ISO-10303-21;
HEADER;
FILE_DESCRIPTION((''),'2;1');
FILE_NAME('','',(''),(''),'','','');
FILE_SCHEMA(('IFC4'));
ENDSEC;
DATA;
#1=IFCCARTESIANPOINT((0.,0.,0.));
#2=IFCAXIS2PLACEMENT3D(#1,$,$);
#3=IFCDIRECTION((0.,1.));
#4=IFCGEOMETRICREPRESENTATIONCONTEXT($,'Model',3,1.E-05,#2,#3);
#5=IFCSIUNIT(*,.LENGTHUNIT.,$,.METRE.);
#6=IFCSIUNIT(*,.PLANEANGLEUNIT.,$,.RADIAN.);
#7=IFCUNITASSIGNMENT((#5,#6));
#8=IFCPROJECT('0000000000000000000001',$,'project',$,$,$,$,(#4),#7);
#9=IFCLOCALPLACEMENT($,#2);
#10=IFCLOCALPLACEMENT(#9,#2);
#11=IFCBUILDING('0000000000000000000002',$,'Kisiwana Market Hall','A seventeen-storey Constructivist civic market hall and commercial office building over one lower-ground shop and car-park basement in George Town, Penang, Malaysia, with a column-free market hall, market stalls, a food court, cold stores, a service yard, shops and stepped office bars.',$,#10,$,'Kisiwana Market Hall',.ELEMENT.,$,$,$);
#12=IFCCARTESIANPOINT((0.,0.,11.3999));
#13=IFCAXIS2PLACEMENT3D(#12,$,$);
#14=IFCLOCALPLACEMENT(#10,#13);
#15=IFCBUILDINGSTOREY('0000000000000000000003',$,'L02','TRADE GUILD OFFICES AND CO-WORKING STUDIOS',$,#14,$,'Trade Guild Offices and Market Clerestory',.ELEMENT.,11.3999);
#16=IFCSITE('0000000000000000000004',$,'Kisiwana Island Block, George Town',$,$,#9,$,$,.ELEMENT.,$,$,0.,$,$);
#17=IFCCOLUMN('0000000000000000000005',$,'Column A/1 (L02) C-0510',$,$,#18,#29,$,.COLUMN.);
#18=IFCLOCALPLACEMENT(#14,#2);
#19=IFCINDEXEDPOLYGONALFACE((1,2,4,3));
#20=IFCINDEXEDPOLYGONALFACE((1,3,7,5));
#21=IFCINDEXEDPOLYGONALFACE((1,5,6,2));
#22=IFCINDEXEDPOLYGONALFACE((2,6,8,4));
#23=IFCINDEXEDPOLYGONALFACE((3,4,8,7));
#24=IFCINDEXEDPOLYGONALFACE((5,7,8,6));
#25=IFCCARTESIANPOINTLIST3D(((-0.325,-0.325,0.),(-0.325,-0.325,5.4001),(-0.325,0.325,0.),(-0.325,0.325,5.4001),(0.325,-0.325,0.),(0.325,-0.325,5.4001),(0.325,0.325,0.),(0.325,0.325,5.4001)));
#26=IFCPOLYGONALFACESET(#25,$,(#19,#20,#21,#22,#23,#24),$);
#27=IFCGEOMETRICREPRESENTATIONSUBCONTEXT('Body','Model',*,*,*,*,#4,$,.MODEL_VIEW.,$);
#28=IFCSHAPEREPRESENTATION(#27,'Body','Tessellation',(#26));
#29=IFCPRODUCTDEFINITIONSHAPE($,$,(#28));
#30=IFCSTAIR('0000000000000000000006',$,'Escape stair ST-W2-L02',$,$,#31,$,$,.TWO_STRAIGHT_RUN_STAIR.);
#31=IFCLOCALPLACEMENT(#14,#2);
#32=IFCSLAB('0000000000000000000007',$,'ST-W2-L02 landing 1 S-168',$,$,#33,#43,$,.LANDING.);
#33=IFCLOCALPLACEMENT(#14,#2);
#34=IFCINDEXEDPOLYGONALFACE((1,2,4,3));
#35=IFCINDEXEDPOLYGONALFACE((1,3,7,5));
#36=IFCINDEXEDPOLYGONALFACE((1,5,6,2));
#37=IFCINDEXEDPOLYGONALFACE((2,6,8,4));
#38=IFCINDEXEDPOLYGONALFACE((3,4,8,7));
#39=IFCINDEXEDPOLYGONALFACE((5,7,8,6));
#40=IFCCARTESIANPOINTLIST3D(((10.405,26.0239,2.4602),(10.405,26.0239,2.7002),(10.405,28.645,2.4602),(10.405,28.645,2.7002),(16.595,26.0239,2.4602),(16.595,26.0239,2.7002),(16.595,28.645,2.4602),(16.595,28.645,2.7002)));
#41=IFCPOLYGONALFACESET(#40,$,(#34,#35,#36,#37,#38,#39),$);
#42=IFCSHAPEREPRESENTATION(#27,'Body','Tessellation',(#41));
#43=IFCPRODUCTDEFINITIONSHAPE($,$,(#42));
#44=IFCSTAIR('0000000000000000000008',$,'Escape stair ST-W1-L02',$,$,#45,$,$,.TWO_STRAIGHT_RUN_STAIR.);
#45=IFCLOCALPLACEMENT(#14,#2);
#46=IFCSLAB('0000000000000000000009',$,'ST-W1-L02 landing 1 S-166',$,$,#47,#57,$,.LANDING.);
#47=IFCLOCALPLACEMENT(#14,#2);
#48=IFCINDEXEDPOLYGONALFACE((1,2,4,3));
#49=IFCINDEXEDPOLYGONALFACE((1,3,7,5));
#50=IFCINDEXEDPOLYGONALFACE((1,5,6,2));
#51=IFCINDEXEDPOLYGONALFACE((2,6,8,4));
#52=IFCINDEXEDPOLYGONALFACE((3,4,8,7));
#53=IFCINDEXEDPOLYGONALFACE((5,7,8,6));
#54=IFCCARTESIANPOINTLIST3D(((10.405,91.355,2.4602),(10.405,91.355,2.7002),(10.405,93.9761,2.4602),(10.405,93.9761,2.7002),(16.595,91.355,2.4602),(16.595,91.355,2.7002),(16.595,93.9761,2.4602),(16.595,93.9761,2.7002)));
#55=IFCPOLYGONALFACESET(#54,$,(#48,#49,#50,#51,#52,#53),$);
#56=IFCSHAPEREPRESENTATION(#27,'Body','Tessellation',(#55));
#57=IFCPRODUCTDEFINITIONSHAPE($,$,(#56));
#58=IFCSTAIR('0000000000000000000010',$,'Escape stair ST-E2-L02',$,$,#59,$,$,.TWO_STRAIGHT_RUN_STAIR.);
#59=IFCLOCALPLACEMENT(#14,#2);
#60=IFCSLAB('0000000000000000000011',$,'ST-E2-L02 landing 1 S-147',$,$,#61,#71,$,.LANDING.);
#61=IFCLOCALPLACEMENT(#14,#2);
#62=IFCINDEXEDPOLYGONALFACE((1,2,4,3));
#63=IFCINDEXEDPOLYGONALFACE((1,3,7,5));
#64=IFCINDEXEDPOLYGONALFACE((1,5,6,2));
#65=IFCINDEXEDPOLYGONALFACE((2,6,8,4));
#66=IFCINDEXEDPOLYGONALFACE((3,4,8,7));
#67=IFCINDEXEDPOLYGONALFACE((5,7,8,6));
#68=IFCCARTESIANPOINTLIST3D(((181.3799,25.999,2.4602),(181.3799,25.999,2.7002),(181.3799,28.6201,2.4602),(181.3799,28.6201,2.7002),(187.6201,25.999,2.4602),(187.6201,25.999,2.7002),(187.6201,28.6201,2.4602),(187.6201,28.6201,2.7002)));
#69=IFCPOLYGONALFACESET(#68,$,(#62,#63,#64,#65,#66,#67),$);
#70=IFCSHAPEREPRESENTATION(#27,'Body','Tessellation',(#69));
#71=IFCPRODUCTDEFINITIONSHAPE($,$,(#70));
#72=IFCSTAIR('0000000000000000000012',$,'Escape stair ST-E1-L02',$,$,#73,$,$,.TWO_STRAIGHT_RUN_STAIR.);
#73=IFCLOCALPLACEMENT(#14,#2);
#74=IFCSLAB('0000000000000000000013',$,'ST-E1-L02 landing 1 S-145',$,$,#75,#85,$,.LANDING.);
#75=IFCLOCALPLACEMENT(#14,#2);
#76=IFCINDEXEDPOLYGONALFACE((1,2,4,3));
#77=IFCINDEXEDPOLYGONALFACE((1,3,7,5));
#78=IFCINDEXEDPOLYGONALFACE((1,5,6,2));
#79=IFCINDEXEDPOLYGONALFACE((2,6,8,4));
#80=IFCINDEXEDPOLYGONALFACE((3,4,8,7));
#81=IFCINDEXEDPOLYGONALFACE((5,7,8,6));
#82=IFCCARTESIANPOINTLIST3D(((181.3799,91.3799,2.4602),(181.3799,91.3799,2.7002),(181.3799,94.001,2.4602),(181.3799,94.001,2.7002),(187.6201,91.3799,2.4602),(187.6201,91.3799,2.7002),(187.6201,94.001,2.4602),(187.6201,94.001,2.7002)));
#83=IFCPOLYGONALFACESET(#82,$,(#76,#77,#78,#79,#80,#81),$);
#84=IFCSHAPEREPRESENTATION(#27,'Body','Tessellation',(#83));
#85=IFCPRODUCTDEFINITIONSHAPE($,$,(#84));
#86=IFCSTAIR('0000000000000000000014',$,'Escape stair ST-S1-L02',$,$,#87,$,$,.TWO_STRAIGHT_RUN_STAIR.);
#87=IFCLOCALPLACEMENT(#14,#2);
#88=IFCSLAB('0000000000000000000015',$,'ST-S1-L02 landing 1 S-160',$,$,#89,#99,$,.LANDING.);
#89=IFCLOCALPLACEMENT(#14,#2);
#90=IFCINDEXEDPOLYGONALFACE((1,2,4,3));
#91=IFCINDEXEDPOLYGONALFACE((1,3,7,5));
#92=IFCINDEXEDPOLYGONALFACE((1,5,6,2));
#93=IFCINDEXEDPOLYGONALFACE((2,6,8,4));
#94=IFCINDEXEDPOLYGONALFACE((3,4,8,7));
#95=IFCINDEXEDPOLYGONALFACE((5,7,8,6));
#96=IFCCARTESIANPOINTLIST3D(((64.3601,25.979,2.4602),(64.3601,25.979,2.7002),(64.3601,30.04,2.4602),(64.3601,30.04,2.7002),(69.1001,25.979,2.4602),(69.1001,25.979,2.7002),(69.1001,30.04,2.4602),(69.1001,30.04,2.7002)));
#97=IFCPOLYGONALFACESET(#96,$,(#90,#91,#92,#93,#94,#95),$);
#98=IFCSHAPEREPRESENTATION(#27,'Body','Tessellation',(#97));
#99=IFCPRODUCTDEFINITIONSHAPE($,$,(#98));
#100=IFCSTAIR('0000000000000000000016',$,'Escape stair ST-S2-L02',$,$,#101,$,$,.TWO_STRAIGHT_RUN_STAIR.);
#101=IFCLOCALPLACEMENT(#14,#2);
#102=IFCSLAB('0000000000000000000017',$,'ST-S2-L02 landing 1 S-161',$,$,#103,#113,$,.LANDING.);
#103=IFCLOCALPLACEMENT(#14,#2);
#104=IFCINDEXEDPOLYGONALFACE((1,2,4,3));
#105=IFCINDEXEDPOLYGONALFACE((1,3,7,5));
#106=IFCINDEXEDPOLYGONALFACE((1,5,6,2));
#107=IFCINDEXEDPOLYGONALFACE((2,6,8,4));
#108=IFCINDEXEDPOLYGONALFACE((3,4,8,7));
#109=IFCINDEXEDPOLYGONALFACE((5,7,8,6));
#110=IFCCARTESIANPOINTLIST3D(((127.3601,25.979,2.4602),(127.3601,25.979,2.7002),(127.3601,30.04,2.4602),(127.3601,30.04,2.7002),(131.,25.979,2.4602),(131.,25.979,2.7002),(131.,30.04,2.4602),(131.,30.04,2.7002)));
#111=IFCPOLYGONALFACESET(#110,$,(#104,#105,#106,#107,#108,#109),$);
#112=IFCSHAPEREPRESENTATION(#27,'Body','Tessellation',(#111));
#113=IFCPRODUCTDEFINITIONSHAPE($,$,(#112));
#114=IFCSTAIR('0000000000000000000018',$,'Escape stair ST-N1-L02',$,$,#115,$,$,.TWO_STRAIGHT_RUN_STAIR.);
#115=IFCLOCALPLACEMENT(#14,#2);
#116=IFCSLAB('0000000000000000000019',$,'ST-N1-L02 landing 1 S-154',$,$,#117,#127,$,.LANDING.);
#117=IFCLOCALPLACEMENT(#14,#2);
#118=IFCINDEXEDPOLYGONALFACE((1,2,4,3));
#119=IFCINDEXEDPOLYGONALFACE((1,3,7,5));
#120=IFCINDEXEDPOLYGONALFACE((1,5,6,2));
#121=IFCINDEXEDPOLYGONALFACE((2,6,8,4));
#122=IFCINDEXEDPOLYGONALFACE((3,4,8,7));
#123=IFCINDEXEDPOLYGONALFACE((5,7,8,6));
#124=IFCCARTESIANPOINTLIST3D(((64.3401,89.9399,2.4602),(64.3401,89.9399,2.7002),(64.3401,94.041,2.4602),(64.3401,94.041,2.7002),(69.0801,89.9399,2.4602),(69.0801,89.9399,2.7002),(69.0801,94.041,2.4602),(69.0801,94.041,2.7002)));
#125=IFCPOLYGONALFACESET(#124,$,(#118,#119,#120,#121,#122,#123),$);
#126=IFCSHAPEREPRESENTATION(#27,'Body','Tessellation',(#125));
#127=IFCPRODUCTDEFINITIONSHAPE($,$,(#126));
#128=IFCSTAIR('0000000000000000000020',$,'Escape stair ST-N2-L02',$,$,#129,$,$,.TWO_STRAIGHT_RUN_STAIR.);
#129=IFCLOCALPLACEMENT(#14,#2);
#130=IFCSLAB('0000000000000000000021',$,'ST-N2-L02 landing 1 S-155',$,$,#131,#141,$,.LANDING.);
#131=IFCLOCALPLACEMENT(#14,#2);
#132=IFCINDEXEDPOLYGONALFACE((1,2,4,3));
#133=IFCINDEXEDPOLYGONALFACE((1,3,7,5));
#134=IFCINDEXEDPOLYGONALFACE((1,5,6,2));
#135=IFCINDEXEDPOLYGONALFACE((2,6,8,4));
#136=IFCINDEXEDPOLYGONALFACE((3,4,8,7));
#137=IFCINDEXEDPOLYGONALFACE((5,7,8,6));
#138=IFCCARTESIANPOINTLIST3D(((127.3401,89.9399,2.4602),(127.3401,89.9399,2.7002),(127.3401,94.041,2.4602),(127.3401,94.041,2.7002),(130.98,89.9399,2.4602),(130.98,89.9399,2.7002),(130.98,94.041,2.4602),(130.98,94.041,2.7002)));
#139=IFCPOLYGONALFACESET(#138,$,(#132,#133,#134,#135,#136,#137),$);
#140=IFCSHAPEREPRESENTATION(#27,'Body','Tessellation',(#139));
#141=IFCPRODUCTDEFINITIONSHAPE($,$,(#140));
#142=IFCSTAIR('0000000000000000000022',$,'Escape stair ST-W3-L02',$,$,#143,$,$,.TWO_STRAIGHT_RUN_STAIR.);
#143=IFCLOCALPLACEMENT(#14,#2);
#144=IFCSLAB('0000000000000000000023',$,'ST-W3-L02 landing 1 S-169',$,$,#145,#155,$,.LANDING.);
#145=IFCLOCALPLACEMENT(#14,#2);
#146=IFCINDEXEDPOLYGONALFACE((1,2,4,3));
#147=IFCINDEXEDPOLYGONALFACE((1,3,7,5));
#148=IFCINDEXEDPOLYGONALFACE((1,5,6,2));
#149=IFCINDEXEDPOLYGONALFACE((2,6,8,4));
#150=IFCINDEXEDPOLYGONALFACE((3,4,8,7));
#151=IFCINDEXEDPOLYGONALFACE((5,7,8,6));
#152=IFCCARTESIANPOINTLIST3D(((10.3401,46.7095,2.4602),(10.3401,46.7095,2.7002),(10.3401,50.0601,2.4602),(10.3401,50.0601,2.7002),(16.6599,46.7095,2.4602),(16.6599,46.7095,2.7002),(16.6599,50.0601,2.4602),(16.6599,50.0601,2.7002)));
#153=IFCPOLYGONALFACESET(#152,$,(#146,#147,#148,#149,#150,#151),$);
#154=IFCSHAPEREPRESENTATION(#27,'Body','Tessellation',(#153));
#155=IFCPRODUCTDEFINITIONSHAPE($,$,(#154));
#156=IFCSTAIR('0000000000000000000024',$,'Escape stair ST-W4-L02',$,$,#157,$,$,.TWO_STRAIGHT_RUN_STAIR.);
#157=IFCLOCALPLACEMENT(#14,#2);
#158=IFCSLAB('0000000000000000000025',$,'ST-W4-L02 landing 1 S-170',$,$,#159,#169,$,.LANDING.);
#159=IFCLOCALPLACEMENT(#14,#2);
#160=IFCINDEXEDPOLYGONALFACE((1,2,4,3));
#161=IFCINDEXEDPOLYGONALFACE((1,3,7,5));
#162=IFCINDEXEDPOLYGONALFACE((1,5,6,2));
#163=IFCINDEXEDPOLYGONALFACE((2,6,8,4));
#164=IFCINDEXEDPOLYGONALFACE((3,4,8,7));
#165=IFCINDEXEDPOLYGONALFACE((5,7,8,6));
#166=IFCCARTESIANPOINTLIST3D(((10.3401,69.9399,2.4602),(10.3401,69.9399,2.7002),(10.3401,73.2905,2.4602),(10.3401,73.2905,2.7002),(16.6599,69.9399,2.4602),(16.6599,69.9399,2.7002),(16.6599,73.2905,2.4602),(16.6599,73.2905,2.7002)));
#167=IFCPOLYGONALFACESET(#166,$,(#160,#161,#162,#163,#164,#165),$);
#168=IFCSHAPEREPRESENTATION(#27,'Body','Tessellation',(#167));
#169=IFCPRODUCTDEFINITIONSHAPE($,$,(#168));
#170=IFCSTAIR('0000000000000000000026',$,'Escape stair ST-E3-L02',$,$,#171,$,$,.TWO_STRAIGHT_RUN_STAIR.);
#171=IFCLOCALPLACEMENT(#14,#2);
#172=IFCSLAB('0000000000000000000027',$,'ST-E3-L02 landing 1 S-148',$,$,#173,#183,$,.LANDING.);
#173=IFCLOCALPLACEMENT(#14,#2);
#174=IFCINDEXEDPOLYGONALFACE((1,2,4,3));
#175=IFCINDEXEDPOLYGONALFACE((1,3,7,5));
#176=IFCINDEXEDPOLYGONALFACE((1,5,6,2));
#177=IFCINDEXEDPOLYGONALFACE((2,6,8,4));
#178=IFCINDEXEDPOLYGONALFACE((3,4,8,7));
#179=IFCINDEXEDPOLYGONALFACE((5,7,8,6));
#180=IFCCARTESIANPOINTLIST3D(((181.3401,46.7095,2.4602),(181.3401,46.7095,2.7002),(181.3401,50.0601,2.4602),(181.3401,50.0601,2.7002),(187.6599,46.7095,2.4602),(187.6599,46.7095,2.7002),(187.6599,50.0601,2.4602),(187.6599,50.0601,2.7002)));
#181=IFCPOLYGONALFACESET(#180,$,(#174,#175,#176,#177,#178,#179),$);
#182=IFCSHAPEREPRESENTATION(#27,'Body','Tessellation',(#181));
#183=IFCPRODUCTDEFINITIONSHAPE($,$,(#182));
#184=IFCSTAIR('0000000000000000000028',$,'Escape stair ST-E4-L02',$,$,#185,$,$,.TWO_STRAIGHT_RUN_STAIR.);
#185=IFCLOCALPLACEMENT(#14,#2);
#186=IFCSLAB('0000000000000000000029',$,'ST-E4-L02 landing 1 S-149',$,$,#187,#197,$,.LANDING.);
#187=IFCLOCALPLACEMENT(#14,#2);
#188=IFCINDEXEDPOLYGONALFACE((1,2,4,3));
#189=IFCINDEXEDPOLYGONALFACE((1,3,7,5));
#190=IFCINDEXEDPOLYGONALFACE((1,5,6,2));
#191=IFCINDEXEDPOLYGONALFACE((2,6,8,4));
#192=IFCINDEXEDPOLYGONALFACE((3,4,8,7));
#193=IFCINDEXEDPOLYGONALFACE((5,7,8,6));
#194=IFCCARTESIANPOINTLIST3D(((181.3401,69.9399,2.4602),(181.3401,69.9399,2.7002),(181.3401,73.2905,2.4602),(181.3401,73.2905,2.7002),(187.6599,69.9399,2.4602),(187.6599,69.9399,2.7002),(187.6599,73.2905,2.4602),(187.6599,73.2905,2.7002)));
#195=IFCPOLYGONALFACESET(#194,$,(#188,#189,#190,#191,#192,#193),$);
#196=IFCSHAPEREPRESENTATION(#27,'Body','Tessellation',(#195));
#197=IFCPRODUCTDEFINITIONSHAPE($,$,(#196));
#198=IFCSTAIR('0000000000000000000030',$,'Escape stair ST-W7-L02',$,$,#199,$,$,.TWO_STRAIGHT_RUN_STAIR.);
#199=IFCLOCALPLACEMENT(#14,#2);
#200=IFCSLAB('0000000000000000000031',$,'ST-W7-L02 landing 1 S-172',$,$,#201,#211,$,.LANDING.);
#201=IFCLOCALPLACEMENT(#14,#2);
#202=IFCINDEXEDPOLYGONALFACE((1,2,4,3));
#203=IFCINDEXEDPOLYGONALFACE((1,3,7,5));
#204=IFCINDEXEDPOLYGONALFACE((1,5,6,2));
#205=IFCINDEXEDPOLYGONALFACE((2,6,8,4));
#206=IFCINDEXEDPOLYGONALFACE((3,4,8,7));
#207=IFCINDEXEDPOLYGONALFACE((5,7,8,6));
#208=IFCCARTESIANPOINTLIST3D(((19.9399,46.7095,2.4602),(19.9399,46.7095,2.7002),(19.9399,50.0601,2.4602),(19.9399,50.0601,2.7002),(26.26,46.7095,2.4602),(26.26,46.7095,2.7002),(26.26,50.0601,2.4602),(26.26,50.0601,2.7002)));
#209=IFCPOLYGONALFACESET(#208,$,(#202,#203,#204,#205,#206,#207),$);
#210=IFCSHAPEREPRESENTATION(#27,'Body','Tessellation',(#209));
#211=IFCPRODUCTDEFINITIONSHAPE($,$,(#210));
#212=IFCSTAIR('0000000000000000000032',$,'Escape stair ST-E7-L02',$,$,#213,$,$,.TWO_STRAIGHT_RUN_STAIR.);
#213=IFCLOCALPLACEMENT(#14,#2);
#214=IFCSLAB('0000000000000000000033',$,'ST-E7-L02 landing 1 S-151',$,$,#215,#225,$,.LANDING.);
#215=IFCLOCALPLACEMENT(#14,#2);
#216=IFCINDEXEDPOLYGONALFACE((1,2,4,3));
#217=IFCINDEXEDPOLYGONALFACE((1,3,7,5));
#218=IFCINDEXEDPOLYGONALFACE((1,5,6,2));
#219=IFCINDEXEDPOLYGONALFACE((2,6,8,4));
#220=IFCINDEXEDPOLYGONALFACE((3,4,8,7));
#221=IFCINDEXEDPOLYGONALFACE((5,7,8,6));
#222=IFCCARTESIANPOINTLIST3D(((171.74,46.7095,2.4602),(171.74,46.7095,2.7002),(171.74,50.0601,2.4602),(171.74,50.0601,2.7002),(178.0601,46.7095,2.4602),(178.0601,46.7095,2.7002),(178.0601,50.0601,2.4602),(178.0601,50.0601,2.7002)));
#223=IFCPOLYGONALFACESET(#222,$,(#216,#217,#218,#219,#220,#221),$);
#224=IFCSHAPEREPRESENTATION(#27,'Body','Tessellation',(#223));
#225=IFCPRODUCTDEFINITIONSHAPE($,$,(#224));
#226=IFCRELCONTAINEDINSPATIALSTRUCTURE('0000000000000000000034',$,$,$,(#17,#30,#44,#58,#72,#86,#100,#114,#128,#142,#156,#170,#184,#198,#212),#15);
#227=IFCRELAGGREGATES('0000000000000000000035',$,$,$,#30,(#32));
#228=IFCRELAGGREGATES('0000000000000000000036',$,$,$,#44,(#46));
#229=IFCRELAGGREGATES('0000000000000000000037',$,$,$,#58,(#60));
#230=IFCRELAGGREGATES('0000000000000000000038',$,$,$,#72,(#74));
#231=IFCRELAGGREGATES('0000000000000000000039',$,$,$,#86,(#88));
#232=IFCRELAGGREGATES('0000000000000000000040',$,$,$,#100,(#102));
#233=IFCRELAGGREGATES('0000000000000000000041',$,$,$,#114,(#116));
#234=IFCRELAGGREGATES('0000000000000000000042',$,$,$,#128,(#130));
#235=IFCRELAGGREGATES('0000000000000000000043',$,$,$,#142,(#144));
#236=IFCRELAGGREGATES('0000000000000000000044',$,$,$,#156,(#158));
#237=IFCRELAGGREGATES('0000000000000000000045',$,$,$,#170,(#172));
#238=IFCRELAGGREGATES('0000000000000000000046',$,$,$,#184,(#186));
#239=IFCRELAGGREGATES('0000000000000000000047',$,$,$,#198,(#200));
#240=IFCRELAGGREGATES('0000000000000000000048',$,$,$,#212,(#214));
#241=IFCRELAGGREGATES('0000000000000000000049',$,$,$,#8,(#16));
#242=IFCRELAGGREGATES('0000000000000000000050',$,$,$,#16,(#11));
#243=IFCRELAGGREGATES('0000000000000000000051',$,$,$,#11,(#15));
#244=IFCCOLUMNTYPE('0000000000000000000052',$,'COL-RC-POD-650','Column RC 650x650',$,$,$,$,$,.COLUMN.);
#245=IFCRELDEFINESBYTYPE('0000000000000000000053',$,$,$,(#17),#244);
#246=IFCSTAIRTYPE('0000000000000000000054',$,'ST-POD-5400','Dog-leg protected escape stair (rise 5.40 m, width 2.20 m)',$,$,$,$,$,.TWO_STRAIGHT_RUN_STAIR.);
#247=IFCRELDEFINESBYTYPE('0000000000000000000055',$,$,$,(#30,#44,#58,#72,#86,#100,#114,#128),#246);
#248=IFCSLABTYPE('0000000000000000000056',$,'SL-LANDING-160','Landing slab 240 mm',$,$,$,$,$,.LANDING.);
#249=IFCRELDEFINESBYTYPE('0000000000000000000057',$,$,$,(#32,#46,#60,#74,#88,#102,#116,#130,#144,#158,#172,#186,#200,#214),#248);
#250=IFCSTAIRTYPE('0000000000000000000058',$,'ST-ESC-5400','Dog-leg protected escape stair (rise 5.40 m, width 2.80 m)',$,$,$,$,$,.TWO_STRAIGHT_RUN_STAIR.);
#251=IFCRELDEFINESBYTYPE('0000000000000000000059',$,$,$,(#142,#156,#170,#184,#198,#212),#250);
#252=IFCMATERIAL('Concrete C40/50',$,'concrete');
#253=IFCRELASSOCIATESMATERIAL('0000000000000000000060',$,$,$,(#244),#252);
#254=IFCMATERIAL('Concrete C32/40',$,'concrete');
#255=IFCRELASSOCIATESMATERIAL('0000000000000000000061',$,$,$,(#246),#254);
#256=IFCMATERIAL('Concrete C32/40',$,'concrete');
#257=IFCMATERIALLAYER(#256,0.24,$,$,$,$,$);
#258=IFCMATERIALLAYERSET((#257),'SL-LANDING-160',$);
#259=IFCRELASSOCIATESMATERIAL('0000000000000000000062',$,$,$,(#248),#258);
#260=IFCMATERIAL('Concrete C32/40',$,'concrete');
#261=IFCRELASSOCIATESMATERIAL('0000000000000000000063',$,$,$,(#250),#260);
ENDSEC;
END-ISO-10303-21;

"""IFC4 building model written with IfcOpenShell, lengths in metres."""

from ifc_helpers import new_model, si_unit, direction, frame, origin, origin_with_axes, origin_2d, place, context, subcontext, project, spatial, polyline, rectangle, outline, extrude, material, layer, layer_set, material_profile, profile_set, type_object, element, aggregate, save


model = new_model("IFC4")

# Units and contexts
model_context = context("Model", 3, precision=1e-05, world=origin(), true_north=direction((0.0, 1.0)))
body_context = subcontext(model_context, "Body", "Model", "MODEL_VIEW")
ifc_project = project(units=[si_unit("LENGTHUNIT", "METRE"), si_unit("PLANEANGLEUNIT", "RADIAN")], contexts=[model_context])

# Site, building, storey
site_placement = place(None, origin())
site = spatial("IfcSite", under=ifc_project, at=site_placement, Name="Kisiwana Island Block, George Town", CompositionType="ELEMENT", RefElevation=0.0)
building_placement = place(site_placement, origin())
building = spatial("IfcBuilding", under=site, at=building_placement, Name="Kisiwana Market Hall", Description="A seventeen-storey Constructivist civic market hall and commercial office building over one lower-ground shop and car-park basement in George Town, Penang, Malaysia, with a column-free market hall, market stalls, a food court, cold stores, a service yard, shops and stepped office bars.", LongName="Kisiwana Market Hall", CompositionType="ELEMENT")
storey_placement = place(building_placement, frame((0.0, 0.0, 11.3999)))
storey = spatial("IfcBuildingStorey", under=building, at=storey_placement, Name="L02", Description="TRADE GUILD OFFICES AND CO-WORKING STUDIOS", LongName="Trade Guild Offices and Market Clerestory", CompositionType="ELEMENT", Elevation=11.3999)

# Column
ifc_material_1 = material(Name="Concrete C40/50", Category="concrete")
ifc_material_profile = material_profile(ifc_material_1, rectangle(XDim=0.6499, YDim=0.6499, at=origin_2d()), Name="RC 650x650")
ifc_profile_set = profile_set([ifc_material_profile], Name="Concrete C40/50")
column_type = type_object("IfcColumnType", Name="COL-RC-POD-650", Description="Column RC 650x650", PredefinedType="COLUMN", material=ifc_profile_set)
column_placement = place(storey_placement, origin_with_axes())
element("IfcColumn", 1, at=column_placement, inside=storey, type_object=column_type, Name="Column A/1 (L02) C-0510", PredefinedType="COLUMN", context=body_context, shape_type="SweptSolid", body=[
    extrude(rectangle(XDim=0.6499, YDim=0.6499, at=origin_2d()), origin(), (0.0, 0.0, 1.0), 5.4001),
])

# Stairs, slabs
ifc_material_2 = material(Name="Concrete C32/40", Category="concrete")
stair_type_1 = type_object("IfcStairType", Name="ST-POD-5400", Description="Dog-leg protected escape stair (rise 5.40 m, width 2.20 m)", PredefinedType="TWO_STRAIGHT_RUN_STAIR", material=ifc_material_2)
stair_1_placement = place(storey_placement, origin())
stair_1 = element("IfcStair", 2, at=stair_1_placement, inside=storey, type_object=stair_type_1, Name="Escape stair ST-W2-L02", PredefinedType="TWO_STRAIGHT_RUN_STAIR")
ifc_material_3 = material(Name="Concrete C32/40", Category="concrete")
ifc_layer_1 = layer(ifc_material_3, 0.24)
ifc_layer_set_1 = layer_set([ifc_layer_1], Name="SL-LANDING-160")
slab_type_1 = type_object("IfcSlabType", Name="SL-LANDING-160", Description="Landing slab 240 mm", PredefinedType="LANDING", material=ifc_layer_set_1)
slab_1_placement = place(storey_placement, frame((0.0, 0.0, 2.4602)))
slab_1 = element("IfcSlab", 3, at=slab_1_placement, type_object=slab_type_1, Name="ST-W2-L02 landing 1 S-168", PredefinedType="LANDING", context=body_context, shape_type="SweptSolid", body=[
    extrude(outline(polyline([(10.405, 26.0239), (16.595, 26.0239), (16.595, 28.645), (10.405, 28.645), (10.405, 26.0239)])), origin(), (0.0, 0.0, 1.0), 0.24),
])
aggregate(stair_1, [slab_1])
stair_2_placement = place(storey_placement, origin())
stair_2 = element("IfcStair", 4, at=stair_2_placement, inside=storey, type_object=stair_type_1, Name="Escape stair ST-W1-L02", PredefinedType="TWO_STRAIGHT_RUN_STAIR")
slab_2_placement = place(storey_placement, frame((0.0, 0.0, 2.4602)))
slab_2 = element("IfcSlab", 5, at=slab_2_placement, type_object=slab_type_1, Name="ST-W1-L02 landing 1 S-166", PredefinedType="LANDING", context=body_context, shape_type="SweptSolid", body=[
    extrude(outline(polyline([(10.405, 91.355), (16.595, 91.355), (16.595, 93.9761), (10.405, 93.9761), (10.405, 91.355)])), origin(), (0.0, 0.0, 1.0), 0.24),
])
aggregate(stair_2, [slab_2])
stair_3_placement = place(storey_placement, origin())
stair_3 = element("IfcStair", 6, at=stair_3_placement, inside=storey, type_object=stair_type_1, Name="Escape stair ST-E2-L02", PredefinedType="TWO_STRAIGHT_RUN_STAIR")
slab_3_placement = place(storey_placement, frame((0.0, 0.0, 2.4602)))
slab_3 = element("IfcSlab", 7, at=slab_3_placement, type_object=slab_type_1, Name="ST-E2-L02 landing 1 S-147", PredefinedType="LANDING", context=body_context, shape_type="SweptSolid", body=[
    extrude(outline(polyline([(181.3799, 25.999), (187.6201, 25.999), (187.6201, 28.6201), (181.3799, 28.6201), (181.3799, 25.999)])), origin(), (0.0, 0.0, 1.0), 0.24),
])
aggregate(stair_3, [slab_3])
stair_4_placement = place(storey_placement, origin())
stair_4 = element("IfcStair", 8, at=stair_4_placement, inside=storey, type_object=stair_type_1, Name="Escape stair ST-E1-L02", PredefinedType="TWO_STRAIGHT_RUN_STAIR")
slab_4_placement = place(storey_placement, frame((0.0, 0.0, 2.4602)))
slab_4 = element("IfcSlab", 9, at=slab_4_placement, type_object=slab_type_1, Name="ST-E1-L02 landing 1 S-145", PredefinedType="LANDING", context=body_context, shape_type="SweptSolid", body=[
    extrude(outline(polyline([(181.3799, 91.3799), (187.6201, 91.3799), (187.6201, 94.001), (181.3799, 94.001), (181.3799, 91.3799)])), origin(), (0.0, 0.0, 1.0), 0.24),
])
aggregate(stair_4, [slab_4])
stair_5_placement = place(storey_placement, origin())
stair_5 = element("IfcStair", 10, at=stair_5_placement, inside=storey, type_object=stair_type_1, Name="Escape stair ST-S1-L02", PredefinedType="TWO_STRAIGHT_RUN_STAIR")
slab_5_placement = place(storey_placement, frame((0.0, 0.0, 2.4602)))
slab_5 = element("IfcSlab", 11, at=slab_5_placement, type_object=slab_type_1, Name="ST-S1-L02 landing 1 S-160", PredefinedType="LANDING", context=body_context, shape_type="SweptSolid", body=[
    extrude(outline(polyline([(64.3601, 25.979), (69.1001, 25.979), (69.1001, 30.04), (64.3601, 30.04), (64.3601, 25.979)])), origin(), (0.0, 0.0, 1.0), 0.24),
])
aggregate(stair_5, [slab_5])
stair_6_placement = place(storey_placement, origin())
stair_6 = element("IfcStair", 12, at=stair_6_placement, inside=storey, type_object=stair_type_1, Name="Escape stair ST-S2-L02", PredefinedType="TWO_STRAIGHT_RUN_STAIR")
slab_6_placement = place(storey_placement, frame((0.0, 0.0, 2.4602)))
slab_6 = element("IfcSlab", 13, at=slab_6_placement, type_object=slab_type_1, Name="ST-S2-L02 landing 1 S-161", PredefinedType="LANDING", context=body_context, shape_type="SweptSolid", body=[
    extrude(outline(polyline([(127.3601, 25.979), (131.0, 25.979), (131.0, 30.04), (127.3601, 30.04), (127.3601, 25.979)])), origin(), (0.0, 0.0, 1.0), 0.24),
])
aggregate(stair_6, [slab_6])
stair_7_placement = place(storey_placement, origin())
stair_7 = element("IfcStair", 14, at=stair_7_placement, inside=storey, type_object=stair_type_1, Name="Escape stair ST-N1-L02", PredefinedType="TWO_STRAIGHT_RUN_STAIR")
slab_7_placement = place(storey_placement, frame((0.0, 0.0, 2.4602)))
slab_7 = element("IfcSlab", 15, at=slab_7_placement, type_object=slab_type_1, Name="ST-N1-L02 landing 1 S-154", PredefinedType="LANDING", context=body_context, shape_type="SweptSolid", body=[
    extrude(outline(polyline([(64.3401, 89.9399), (69.0801, 89.9399), (69.0801, 94.041), (64.3401, 94.041), (64.3401, 89.9399)])), origin(), (0.0, 0.0, 1.0), 0.24),
])
aggregate(stair_7, [slab_7])
stair_8_placement = place(storey_placement, origin())
stair_8 = element("IfcStair", 16, at=stair_8_placement, inside=storey, type_object=stair_type_1, Name="Escape stair ST-N2-L02", PredefinedType="TWO_STRAIGHT_RUN_STAIR")
slab_8_placement = place(storey_placement, frame((0.0, 0.0, 2.4602)))
slab_8 = element("IfcSlab", 17, at=slab_8_placement, type_object=slab_type_1, Name="ST-N2-L02 landing 1 S-155", PredefinedType="LANDING", context=body_context, shape_type="SweptSolid", body=[
    extrude(outline(polyline([(127.3401, 89.9399), (130.98, 89.9399), (130.98, 94.041), (127.3401, 94.041), (127.3401, 89.9399)])), origin(), (0.0, 0.0, 1.0), 0.24),
])
aggregate(stair_8, [slab_8])
ifc_material_4 = material(Name="Concrete C32/40", Category="concrete")
stair_type_2 = type_object("IfcStairType", Name="ST-ESC-5400", Description="Dog-leg protected escape stair (rise 5.40 m, width 2.80 m)", PredefinedType="TWO_STRAIGHT_RUN_STAIR", material=ifc_material_4)
stair_9_placement = place(storey_placement, origin())
stair_9 = element("IfcStair", 18, at=stair_9_placement, inside=storey, type_object=stair_type_2, Name="Escape stair ST-W3-L02", PredefinedType="TWO_STRAIGHT_RUN_STAIR")
slab_9_placement = place(storey_placement, frame((0.0, 0.0, 2.4602)))
slab_9 = element("IfcSlab", 19, at=slab_9_placement, type_object=slab_type_1, Name="ST-W3-L02 landing 1 S-169", PredefinedType="LANDING", context=body_context, shape_type="SweptSolid", body=[
    extrude(outline(polyline([(10.3401, 46.7095), (16.6599, 46.7095), (16.6599, 50.0601), (10.3401, 50.0601), (10.3401, 46.7095)])), origin(), (0.0, 0.0, 1.0), 0.24),
])
aggregate(stair_9, [slab_9])
stair_10_placement = place(storey_placement, origin())
stair_10 = element("IfcStair", 20, at=stair_10_placement, inside=storey, type_object=stair_type_2, Name="Escape stair ST-W4-L02", PredefinedType="TWO_STRAIGHT_RUN_STAIR")
slab_10_placement = place(storey_placement, frame((0.0, 0.0, 2.4602)))
slab_10 = element("IfcSlab", 21, at=slab_10_placement, type_object=slab_type_1, Name="ST-W4-L02 landing 1 S-170", PredefinedType="LANDING", context=body_context, shape_type="SweptSolid", body=[
    extrude(outline(polyline([(10.3401, 69.9399), (16.6599, 69.9399), (16.6599, 73.2905), (10.3401, 73.2905), (10.3401, 69.9399)])), origin(), (0.0, 0.0, 1.0), 0.24),
])
aggregate(stair_10, [slab_10])
stair_11_placement = place(storey_placement, origin())
stair_11 = element("IfcStair", 22, at=stair_11_placement, inside=storey, type_object=stair_type_2, Name="Escape stair ST-E3-L02", PredefinedType="TWO_STRAIGHT_RUN_STAIR")
slab_11_placement = place(storey_placement, frame((0.0, 0.0, 2.4602)))
slab_11 = element("IfcSlab", 23, at=slab_11_placement, type_object=slab_type_1, Name="ST-E3-L02 landing 1 S-148", PredefinedType="LANDING", context=body_context, shape_type="SweptSolid", body=[
    extrude(outline(polyline([(181.3401, 46.7095), (187.6599, 46.7095), (187.6599, 50.0601), (181.3401, 50.0601), (181.3401, 46.7095)])), origin(), (0.0, 0.0, 1.0), 0.24),
])
aggregate(stair_11, [slab_11])
stair_12_placement = place(storey_placement, origin())
stair_12 = element("IfcStair", 24, at=stair_12_placement, inside=storey, type_object=stair_type_2, Name="Escape stair ST-E4-L02", PredefinedType="TWO_STRAIGHT_RUN_STAIR")
slab_12_placement = place(storey_placement, frame((0.0, 0.0, 2.4602)))
slab_12 = element("IfcSlab", 25, at=slab_12_placement, type_object=slab_type_1, Name="ST-E4-L02 landing 1 S-149", PredefinedType="LANDING", context=body_context, shape_type="SweptSolid", body=[
    extrude(outline(polyline([(181.3401, 69.9399), (187.6599, 69.9399), (187.6599, 73.2905), (181.3401, 73.2905), (181.3401, 69.9399)])), origin(), (0.0, 0.0, 1.0), 0.24),
])
aggregate(stair_12, [slab_12])
stair_13_placement = place(storey_placement, origin())
stair_13 = element("IfcStair", 26, at=stair_13_placement, inside=storey, type_object=stair_type_2, Name="Escape stair ST-W7-L02", PredefinedType="TWO_STRAIGHT_RUN_STAIR")
slab_13_placement = place(storey_placement, frame((0.0, 0.0, 2.4602)))
slab_13 = element("IfcSlab", 27, at=slab_13_placement, type_object=slab_type_1, Name="ST-W7-L02 landing 1 S-172", PredefinedType="LANDING", context=body_context, shape_type="SweptSolid", body=[
    extrude(outline(polyline([(19.9399, 46.7095), (26.26, 46.7095), (26.26, 50.0601), (19.9399, 50.0601), (19.9399, 46.7095)])), origin(), (0.0, 0.0, 1.0), 0.24),
])
aggregate(stair_13, [slab_13])
stair_14_placement = place(storey_placement, origin())
stair_14 = element("IfcStair", 28, at=stair_14_placement, inside=storey, type_object=stair_type_2, Name="Escape stair ST-E7-L02", PredefinedType="TWO_STRAIGHT_RUN_STAIR")
slab_14_placement = place(storey_placement, frame((0.0, 0.0, 2.4602)))
slab_14 = element("IfcSlab", 29, at=slab_14_placement, type_object=slab_type_1, Name="ST-E7-L02 landing 1 S-151", PredefinedType="LANDING", context=body_context, shape_type="SweptSolid", body=[
    extrude(outline(polyline([(171.74, 46.7095), (178.0601, 46.7095), (178.0601, 50.0601), (171.74, 50.0601), (171.74, 46.7095)])), origin(), (0.0, 0.0, 1.0), 0.24),
])
aggregate(stair_14, [slab_14])

save(model, "model.ifc")
